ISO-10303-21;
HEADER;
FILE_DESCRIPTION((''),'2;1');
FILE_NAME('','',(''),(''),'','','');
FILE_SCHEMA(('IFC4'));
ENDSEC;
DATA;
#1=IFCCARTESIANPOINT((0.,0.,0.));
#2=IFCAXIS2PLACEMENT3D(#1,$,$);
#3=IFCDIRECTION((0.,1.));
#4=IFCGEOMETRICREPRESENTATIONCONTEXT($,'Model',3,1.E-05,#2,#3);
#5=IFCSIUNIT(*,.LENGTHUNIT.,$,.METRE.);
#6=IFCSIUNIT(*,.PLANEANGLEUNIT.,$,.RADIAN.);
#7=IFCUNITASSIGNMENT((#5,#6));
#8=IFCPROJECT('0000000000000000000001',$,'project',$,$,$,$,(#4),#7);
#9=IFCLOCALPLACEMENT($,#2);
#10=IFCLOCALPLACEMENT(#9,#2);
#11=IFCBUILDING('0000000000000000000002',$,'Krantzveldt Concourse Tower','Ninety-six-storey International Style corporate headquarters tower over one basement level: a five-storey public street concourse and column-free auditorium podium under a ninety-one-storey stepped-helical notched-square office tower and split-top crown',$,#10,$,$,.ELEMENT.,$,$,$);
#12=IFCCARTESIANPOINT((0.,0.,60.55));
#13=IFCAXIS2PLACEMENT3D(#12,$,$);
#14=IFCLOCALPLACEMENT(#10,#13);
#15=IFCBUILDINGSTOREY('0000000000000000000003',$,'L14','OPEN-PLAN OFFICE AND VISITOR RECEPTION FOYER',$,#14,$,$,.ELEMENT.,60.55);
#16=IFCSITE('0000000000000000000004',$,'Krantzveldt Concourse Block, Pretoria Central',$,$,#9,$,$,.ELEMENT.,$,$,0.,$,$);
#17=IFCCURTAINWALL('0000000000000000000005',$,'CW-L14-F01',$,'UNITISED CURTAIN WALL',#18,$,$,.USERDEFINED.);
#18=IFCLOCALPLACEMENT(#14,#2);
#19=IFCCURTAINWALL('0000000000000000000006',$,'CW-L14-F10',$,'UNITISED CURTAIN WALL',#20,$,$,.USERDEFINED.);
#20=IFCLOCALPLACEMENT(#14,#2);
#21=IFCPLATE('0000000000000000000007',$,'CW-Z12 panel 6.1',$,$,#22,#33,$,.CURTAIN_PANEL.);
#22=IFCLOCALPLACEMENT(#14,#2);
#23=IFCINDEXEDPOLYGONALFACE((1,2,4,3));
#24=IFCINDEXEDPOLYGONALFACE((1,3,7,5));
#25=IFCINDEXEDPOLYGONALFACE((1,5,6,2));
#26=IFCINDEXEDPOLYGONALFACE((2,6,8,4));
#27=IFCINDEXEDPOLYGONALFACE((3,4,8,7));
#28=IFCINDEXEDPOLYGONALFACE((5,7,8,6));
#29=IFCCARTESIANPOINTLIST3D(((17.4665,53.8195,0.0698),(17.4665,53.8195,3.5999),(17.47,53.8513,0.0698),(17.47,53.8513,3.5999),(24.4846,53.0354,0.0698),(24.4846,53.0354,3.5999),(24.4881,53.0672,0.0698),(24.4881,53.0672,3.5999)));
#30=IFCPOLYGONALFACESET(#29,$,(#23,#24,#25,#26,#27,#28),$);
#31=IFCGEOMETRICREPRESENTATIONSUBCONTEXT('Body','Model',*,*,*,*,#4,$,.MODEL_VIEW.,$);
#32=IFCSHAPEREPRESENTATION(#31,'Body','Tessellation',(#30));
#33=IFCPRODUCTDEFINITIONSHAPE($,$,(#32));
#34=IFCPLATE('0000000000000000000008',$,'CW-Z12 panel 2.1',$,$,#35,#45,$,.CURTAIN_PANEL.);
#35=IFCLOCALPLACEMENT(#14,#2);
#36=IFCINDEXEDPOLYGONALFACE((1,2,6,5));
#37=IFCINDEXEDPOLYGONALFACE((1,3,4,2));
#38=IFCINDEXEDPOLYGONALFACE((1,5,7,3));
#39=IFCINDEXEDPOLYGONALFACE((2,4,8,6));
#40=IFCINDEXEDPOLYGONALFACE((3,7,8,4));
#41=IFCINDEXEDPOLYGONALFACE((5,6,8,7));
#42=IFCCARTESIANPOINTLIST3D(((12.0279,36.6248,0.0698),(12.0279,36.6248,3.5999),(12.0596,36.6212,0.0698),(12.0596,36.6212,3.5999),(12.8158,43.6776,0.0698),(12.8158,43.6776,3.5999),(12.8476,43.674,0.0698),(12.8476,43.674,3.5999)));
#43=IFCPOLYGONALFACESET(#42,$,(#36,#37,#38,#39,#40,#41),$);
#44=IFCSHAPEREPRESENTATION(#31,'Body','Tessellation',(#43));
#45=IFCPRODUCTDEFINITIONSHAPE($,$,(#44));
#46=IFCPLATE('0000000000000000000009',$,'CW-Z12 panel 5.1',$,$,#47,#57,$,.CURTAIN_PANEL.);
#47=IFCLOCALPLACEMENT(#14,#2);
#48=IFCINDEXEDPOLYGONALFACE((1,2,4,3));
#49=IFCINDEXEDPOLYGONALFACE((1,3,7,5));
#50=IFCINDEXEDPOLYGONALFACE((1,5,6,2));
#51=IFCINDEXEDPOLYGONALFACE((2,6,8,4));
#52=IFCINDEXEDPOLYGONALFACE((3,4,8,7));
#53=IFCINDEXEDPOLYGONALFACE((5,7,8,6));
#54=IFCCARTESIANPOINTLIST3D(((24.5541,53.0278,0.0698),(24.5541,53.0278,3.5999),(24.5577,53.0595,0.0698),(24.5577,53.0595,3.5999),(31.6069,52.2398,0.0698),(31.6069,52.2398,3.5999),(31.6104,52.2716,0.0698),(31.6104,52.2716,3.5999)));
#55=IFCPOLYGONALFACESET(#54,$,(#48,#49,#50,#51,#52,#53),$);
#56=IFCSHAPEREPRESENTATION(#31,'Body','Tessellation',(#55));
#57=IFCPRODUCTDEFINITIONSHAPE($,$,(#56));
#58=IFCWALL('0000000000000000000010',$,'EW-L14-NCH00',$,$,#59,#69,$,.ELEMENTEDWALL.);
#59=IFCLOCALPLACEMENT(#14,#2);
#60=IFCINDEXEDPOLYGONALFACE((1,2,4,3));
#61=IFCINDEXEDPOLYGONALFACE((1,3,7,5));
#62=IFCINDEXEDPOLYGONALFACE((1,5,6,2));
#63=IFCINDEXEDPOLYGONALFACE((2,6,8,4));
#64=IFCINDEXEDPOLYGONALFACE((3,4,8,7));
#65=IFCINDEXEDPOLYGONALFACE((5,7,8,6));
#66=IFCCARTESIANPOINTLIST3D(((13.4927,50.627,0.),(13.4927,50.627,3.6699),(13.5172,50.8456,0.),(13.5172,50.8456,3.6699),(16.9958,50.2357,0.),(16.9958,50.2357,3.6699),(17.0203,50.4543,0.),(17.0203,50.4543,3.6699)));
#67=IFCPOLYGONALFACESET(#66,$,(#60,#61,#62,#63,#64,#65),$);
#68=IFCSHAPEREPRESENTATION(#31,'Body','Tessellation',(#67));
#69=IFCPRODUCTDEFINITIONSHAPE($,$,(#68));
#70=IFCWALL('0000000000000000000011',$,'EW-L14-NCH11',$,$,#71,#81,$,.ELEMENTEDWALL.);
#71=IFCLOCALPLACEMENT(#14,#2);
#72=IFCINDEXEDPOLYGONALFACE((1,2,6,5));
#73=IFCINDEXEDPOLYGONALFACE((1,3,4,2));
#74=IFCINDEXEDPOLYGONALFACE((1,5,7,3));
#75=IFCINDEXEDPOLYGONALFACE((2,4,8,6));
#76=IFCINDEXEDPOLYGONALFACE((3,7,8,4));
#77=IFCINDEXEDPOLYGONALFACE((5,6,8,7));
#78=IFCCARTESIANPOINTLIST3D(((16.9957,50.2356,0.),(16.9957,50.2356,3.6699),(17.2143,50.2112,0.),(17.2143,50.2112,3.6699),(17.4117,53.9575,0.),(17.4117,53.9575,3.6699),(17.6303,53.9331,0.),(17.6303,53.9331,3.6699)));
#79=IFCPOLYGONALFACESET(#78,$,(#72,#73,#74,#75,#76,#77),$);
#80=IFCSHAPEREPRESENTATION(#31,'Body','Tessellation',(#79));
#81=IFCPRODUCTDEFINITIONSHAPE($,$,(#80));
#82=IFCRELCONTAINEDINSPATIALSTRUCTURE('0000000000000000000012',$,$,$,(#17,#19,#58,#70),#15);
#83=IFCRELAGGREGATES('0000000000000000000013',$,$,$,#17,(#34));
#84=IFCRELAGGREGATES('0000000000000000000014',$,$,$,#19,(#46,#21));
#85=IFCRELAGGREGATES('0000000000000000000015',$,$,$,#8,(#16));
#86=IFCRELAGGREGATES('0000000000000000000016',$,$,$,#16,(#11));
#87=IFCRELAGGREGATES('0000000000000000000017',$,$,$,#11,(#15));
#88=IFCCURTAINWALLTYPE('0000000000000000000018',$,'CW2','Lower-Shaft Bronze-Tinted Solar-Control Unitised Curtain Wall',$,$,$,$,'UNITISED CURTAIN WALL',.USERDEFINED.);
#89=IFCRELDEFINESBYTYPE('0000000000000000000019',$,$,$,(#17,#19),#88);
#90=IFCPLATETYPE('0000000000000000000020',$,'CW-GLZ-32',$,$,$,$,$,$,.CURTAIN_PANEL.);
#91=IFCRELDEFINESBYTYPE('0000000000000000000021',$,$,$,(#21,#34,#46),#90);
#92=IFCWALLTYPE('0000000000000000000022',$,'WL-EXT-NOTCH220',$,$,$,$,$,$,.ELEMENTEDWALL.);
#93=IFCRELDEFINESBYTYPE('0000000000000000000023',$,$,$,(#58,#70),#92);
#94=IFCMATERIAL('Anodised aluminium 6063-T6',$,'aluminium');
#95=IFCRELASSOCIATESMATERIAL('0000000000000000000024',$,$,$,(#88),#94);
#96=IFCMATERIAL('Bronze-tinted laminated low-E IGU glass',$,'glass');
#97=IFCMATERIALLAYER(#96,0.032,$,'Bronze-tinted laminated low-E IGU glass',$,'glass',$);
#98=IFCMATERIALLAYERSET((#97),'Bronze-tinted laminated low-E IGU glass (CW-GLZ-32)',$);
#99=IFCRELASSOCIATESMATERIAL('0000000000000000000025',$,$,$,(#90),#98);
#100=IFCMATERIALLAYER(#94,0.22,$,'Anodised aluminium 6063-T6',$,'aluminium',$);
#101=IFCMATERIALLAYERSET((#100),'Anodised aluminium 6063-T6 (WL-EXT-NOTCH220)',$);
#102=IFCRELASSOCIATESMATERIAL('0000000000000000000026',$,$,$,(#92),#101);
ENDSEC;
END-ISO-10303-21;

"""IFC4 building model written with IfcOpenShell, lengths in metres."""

from ifc_helpers import new_model, si_unit, direction, frame, frame_2d, origin, origin_2d, place, context, subcontext, project, spatial, rectangle, extrude, source, transform, mapped, material, layer, layer_set, type_object, type_shapes, element, aggregate, save


model = new_model("IFC4")

# Units and contexts
model_context = context("Model", 3, precision=1e-05, world=origin(), true_north=direction((0.0, 1.0)))
body_context = subcontext(model_context, "Body", "Model", "MODEL_VIEW")
ifc_project = project(units=[si_unit("LENGTHUNIT", "METRE"), si_unit("PLANEANGLEUNIT", "RADIAN")], contexts=[model_context])

# Site, building, storey
site_placement = place(None, origin())
site = spatial("IfcSite", under=ifc_project, at=site_placement, Name="Krantzveldt Concourse Block, Pretoria Central", CompositionType="ELEMENT", RefElevation=0.0)
building_placement = place(site_placement, origin())
building = spatial("IfcBuilding", under=site, at=building_placement, Name="Krantzveldt Concourse Tower", Description="Ninety-six-storey International Style corporate headquarters tower over one basement level: a five-storey public street concourse and column-free auditorium podium under a ninety-one-storey stepped-helical notched-square office tower and split-top crown", CompositionType="ELEMENT")
storey_placement = place(building_placement, frame((0.0, 0.0, 60.55)))
storey = spatial("IfcBuildingStorey", under=building, at=storey_placement, Name="L14", Description="OPEN-PLAN OFFICE AND VISITOR RECEPTION FOYER", CompositionType="ELEMENT", Elevation=60.55)

# Curtain walls
ifc_material_1 = material(Name="Anodised aluminium 6063-T6", Category="aluminium")
curtain_wall_type = type_object("IfcCurtainWallType", Name="CW2", Description="Lower-Shaft Bronze-Tinted Solar-Control Unitised Curtain Wall", ElementType="UNITISED CURTAIN WALL", PredefinedType="USERDEFINED", material=ifc_material_1)
curtain_wall_1_placement = place(storey_placement, origin())
curtain_wall_1 = element("IfcCurtainWall", 1, at=curtain_wall_1_placement, inside=storey, type_object=curtain_wall_type, Name="CW-L14-F01", ObjectType="UNITISED CURTAIN WALL", PredefinedType="USERDEFINED")
curtain_wall_2_placement = place(storey_placement, origin())
curtain_wall_2 = element("IfcCurtainWall", 2, at=curtain_wall_2_placement, inside=storey, type_object=curtain_wall_type, Name="CW-L14-F10", ObjectType="UNITISED CURTAIN WALL", PredefinedType="USERDEFINED")

# Plates
ifc_material_2 = material(Name="Bronze-tinted laminated low-E IGU glass", Category="glass")
ifc_layer_1 = layer(ifc_material_2, 0.032, Name="Bronze-tinted laminated low-E IGU glass", Category="glass")
ifc_layer_set_1 = layer_set([ifc_layer_1], Name="Bronze-tinted laminated low-E IGU glass (CW-GLZ-32)")
plate_type = type_object("IfcPlateType", Name="CW-GLZ-32", PredefinedType="CURTAIN_PANEL", material=ifc_layer_set_1)
shared_shape_1 = source(origin(), body_context, "Body", "SweptSolid", [
    extrude(rectangle(XDim=7.0618, YDim=0.032, at=origin_2d()), origin(), (0.0, 0.0, 1.0), 3.53),
])
plate_1_placement = place(storey_placement, frame((20.9773, 53.4434, 0.0698), z_axis=(0.0, 0.0, 1.0), x_axis=(-0.993816, 0.111035, 0.0)))
plate_1 = element("IfcPlate", 3, at=plate_1_placement, type_object=plate_type, Name="CW-Z12 panel 6.1", PredefinedType="CURTAIN_PANEL", context=body_context, shape_type="MappedRepresentation", body=[
    mapped(shared_shape_1, transform((0.0, 0.0, 0.0), x_axis=(1.0, 0.0, 0.0), y_axis=(0.0, 1.0, 0.0), z_axis=(0.0, 0.0, 1.0), scale=1.0)),
])
shared_shape_2 = source(origin(), body_context, "Body", "SweptSolid", [
    extrude(rectangle(XDim=7.0967, YDim=0.032, at=origin_2d()), origin(), (0.0, 0.0, 1.0), 3.53),
])
type_shapes(plate_type, [shared_shape_1, shared_shape_2])
plate_2_placement = place(storey_placement, frame((12.4377, 40.1494, 0.0698), z_axis=(0.0, 0.0, 1.0), x_axis=(-0.111035, -0.993816, 0.0)))
plate_2 = element("IfcPlate", 4, at=plate_2_placement, type_object=plate_type, Name="CW-Z12 panel 2.1", PredefinedType="CURTAIN_PANEL", context=body_context, shape_type="MappedRepresentation", body=[
    mapped(shared_shape_2, transform((0.0, 0.0, 0.0), x_axis=(1.0, 0.0, 0.0), y_axis=(0.0, 1.0, 0.0), z_axis=(0.0, 0.0, 1.0), scale=1.0)),
])
aggregate(curtain_wall_1, [plate_2])
plate_3_placement = place(storey_placement, frame((28.0823, 52.6497, 0.0698), z_axis=(0.0, 0.0, 1.0), x_axis=(-0.993816, 0.111035, 0.0)))
plate_3 = element("IfcPlate", 5, at=plate_3_placement, type_object=plate_type, Name="CW-Z12 panel 5.1", PredefinedType="CURTAIN_PANEL", context=body_context, shape_type="MappedRepresentation", body=[
    mapped(shared_shape_2, transform((0.0, 0.0, 0.0), x_axis=(1.0, 0.0, 0.0), y_axis=(0.0, 1.0, 0.0), z_axis=(0.0, 0.0, 1.0), scale=1.0)),
])
aggregate(curtain_wall_2, [plate_3, plate_1])

# Walls
ifc_layer_2 = layer(ifc_material_1, 0.22, Name="Anodised aluminium 6063-T6", Category="aluminium")
ifc_layer_set_2 = layer_set([ifc_layer_2], Name="Anodised aluminium 6063-T6 (WL-EXT-NOTCH220)")
wall_type = type_object("IfcWallType", Name="WL-EXT-NOTCH220", PredefinedType="ELEMENTEDWALL", material=ifc_layer_set_2)
wall_1_placement = place(storey_placement, frame((17.0081, 50.345, 0.0), z_axis=(0.0, 0.0, 1.0), x_axis=(-0.993818, 0.111024, 0.0)))
element("IfcWall", 6, at=wall_1_placement, inside=storey, type_object=wall_type, Name="EW-L14-NCH00", PredefinedType="ELEMENTEDWALL", context=body_context, shape_type="SweptSolid", body=[
    extrude(rectangle(XDim=3.5249, YDim=0.22, at=frame_2d((1.7625, 0.0))), origin(), (0.0, 0.0, 1.0), 3.6699),
])
wall_2_placement = place(storey_placement, frame((17.521, 53.9453, 0.0), z_axis=(0.0, 0.0, 1.0), x_axis=(-0.111083, -0.993811, 0.0)))
element("IfcWall", 7, at=wall_2_placement, inside=storey, type_object=wall_type, Name="EW-L14-NCH11", PredefinedType="ELEMENTEDWALL", context=body_context, shape_type="SweptSolid", body=[
    extrude(rectangle(XDim=3.7451, YDim=0.22, at=frame_2d((1.8726, 0.0))), origin(), (0.0, 0.0, 1.0), 3.6699),
])

save(model, "model.ifc")
